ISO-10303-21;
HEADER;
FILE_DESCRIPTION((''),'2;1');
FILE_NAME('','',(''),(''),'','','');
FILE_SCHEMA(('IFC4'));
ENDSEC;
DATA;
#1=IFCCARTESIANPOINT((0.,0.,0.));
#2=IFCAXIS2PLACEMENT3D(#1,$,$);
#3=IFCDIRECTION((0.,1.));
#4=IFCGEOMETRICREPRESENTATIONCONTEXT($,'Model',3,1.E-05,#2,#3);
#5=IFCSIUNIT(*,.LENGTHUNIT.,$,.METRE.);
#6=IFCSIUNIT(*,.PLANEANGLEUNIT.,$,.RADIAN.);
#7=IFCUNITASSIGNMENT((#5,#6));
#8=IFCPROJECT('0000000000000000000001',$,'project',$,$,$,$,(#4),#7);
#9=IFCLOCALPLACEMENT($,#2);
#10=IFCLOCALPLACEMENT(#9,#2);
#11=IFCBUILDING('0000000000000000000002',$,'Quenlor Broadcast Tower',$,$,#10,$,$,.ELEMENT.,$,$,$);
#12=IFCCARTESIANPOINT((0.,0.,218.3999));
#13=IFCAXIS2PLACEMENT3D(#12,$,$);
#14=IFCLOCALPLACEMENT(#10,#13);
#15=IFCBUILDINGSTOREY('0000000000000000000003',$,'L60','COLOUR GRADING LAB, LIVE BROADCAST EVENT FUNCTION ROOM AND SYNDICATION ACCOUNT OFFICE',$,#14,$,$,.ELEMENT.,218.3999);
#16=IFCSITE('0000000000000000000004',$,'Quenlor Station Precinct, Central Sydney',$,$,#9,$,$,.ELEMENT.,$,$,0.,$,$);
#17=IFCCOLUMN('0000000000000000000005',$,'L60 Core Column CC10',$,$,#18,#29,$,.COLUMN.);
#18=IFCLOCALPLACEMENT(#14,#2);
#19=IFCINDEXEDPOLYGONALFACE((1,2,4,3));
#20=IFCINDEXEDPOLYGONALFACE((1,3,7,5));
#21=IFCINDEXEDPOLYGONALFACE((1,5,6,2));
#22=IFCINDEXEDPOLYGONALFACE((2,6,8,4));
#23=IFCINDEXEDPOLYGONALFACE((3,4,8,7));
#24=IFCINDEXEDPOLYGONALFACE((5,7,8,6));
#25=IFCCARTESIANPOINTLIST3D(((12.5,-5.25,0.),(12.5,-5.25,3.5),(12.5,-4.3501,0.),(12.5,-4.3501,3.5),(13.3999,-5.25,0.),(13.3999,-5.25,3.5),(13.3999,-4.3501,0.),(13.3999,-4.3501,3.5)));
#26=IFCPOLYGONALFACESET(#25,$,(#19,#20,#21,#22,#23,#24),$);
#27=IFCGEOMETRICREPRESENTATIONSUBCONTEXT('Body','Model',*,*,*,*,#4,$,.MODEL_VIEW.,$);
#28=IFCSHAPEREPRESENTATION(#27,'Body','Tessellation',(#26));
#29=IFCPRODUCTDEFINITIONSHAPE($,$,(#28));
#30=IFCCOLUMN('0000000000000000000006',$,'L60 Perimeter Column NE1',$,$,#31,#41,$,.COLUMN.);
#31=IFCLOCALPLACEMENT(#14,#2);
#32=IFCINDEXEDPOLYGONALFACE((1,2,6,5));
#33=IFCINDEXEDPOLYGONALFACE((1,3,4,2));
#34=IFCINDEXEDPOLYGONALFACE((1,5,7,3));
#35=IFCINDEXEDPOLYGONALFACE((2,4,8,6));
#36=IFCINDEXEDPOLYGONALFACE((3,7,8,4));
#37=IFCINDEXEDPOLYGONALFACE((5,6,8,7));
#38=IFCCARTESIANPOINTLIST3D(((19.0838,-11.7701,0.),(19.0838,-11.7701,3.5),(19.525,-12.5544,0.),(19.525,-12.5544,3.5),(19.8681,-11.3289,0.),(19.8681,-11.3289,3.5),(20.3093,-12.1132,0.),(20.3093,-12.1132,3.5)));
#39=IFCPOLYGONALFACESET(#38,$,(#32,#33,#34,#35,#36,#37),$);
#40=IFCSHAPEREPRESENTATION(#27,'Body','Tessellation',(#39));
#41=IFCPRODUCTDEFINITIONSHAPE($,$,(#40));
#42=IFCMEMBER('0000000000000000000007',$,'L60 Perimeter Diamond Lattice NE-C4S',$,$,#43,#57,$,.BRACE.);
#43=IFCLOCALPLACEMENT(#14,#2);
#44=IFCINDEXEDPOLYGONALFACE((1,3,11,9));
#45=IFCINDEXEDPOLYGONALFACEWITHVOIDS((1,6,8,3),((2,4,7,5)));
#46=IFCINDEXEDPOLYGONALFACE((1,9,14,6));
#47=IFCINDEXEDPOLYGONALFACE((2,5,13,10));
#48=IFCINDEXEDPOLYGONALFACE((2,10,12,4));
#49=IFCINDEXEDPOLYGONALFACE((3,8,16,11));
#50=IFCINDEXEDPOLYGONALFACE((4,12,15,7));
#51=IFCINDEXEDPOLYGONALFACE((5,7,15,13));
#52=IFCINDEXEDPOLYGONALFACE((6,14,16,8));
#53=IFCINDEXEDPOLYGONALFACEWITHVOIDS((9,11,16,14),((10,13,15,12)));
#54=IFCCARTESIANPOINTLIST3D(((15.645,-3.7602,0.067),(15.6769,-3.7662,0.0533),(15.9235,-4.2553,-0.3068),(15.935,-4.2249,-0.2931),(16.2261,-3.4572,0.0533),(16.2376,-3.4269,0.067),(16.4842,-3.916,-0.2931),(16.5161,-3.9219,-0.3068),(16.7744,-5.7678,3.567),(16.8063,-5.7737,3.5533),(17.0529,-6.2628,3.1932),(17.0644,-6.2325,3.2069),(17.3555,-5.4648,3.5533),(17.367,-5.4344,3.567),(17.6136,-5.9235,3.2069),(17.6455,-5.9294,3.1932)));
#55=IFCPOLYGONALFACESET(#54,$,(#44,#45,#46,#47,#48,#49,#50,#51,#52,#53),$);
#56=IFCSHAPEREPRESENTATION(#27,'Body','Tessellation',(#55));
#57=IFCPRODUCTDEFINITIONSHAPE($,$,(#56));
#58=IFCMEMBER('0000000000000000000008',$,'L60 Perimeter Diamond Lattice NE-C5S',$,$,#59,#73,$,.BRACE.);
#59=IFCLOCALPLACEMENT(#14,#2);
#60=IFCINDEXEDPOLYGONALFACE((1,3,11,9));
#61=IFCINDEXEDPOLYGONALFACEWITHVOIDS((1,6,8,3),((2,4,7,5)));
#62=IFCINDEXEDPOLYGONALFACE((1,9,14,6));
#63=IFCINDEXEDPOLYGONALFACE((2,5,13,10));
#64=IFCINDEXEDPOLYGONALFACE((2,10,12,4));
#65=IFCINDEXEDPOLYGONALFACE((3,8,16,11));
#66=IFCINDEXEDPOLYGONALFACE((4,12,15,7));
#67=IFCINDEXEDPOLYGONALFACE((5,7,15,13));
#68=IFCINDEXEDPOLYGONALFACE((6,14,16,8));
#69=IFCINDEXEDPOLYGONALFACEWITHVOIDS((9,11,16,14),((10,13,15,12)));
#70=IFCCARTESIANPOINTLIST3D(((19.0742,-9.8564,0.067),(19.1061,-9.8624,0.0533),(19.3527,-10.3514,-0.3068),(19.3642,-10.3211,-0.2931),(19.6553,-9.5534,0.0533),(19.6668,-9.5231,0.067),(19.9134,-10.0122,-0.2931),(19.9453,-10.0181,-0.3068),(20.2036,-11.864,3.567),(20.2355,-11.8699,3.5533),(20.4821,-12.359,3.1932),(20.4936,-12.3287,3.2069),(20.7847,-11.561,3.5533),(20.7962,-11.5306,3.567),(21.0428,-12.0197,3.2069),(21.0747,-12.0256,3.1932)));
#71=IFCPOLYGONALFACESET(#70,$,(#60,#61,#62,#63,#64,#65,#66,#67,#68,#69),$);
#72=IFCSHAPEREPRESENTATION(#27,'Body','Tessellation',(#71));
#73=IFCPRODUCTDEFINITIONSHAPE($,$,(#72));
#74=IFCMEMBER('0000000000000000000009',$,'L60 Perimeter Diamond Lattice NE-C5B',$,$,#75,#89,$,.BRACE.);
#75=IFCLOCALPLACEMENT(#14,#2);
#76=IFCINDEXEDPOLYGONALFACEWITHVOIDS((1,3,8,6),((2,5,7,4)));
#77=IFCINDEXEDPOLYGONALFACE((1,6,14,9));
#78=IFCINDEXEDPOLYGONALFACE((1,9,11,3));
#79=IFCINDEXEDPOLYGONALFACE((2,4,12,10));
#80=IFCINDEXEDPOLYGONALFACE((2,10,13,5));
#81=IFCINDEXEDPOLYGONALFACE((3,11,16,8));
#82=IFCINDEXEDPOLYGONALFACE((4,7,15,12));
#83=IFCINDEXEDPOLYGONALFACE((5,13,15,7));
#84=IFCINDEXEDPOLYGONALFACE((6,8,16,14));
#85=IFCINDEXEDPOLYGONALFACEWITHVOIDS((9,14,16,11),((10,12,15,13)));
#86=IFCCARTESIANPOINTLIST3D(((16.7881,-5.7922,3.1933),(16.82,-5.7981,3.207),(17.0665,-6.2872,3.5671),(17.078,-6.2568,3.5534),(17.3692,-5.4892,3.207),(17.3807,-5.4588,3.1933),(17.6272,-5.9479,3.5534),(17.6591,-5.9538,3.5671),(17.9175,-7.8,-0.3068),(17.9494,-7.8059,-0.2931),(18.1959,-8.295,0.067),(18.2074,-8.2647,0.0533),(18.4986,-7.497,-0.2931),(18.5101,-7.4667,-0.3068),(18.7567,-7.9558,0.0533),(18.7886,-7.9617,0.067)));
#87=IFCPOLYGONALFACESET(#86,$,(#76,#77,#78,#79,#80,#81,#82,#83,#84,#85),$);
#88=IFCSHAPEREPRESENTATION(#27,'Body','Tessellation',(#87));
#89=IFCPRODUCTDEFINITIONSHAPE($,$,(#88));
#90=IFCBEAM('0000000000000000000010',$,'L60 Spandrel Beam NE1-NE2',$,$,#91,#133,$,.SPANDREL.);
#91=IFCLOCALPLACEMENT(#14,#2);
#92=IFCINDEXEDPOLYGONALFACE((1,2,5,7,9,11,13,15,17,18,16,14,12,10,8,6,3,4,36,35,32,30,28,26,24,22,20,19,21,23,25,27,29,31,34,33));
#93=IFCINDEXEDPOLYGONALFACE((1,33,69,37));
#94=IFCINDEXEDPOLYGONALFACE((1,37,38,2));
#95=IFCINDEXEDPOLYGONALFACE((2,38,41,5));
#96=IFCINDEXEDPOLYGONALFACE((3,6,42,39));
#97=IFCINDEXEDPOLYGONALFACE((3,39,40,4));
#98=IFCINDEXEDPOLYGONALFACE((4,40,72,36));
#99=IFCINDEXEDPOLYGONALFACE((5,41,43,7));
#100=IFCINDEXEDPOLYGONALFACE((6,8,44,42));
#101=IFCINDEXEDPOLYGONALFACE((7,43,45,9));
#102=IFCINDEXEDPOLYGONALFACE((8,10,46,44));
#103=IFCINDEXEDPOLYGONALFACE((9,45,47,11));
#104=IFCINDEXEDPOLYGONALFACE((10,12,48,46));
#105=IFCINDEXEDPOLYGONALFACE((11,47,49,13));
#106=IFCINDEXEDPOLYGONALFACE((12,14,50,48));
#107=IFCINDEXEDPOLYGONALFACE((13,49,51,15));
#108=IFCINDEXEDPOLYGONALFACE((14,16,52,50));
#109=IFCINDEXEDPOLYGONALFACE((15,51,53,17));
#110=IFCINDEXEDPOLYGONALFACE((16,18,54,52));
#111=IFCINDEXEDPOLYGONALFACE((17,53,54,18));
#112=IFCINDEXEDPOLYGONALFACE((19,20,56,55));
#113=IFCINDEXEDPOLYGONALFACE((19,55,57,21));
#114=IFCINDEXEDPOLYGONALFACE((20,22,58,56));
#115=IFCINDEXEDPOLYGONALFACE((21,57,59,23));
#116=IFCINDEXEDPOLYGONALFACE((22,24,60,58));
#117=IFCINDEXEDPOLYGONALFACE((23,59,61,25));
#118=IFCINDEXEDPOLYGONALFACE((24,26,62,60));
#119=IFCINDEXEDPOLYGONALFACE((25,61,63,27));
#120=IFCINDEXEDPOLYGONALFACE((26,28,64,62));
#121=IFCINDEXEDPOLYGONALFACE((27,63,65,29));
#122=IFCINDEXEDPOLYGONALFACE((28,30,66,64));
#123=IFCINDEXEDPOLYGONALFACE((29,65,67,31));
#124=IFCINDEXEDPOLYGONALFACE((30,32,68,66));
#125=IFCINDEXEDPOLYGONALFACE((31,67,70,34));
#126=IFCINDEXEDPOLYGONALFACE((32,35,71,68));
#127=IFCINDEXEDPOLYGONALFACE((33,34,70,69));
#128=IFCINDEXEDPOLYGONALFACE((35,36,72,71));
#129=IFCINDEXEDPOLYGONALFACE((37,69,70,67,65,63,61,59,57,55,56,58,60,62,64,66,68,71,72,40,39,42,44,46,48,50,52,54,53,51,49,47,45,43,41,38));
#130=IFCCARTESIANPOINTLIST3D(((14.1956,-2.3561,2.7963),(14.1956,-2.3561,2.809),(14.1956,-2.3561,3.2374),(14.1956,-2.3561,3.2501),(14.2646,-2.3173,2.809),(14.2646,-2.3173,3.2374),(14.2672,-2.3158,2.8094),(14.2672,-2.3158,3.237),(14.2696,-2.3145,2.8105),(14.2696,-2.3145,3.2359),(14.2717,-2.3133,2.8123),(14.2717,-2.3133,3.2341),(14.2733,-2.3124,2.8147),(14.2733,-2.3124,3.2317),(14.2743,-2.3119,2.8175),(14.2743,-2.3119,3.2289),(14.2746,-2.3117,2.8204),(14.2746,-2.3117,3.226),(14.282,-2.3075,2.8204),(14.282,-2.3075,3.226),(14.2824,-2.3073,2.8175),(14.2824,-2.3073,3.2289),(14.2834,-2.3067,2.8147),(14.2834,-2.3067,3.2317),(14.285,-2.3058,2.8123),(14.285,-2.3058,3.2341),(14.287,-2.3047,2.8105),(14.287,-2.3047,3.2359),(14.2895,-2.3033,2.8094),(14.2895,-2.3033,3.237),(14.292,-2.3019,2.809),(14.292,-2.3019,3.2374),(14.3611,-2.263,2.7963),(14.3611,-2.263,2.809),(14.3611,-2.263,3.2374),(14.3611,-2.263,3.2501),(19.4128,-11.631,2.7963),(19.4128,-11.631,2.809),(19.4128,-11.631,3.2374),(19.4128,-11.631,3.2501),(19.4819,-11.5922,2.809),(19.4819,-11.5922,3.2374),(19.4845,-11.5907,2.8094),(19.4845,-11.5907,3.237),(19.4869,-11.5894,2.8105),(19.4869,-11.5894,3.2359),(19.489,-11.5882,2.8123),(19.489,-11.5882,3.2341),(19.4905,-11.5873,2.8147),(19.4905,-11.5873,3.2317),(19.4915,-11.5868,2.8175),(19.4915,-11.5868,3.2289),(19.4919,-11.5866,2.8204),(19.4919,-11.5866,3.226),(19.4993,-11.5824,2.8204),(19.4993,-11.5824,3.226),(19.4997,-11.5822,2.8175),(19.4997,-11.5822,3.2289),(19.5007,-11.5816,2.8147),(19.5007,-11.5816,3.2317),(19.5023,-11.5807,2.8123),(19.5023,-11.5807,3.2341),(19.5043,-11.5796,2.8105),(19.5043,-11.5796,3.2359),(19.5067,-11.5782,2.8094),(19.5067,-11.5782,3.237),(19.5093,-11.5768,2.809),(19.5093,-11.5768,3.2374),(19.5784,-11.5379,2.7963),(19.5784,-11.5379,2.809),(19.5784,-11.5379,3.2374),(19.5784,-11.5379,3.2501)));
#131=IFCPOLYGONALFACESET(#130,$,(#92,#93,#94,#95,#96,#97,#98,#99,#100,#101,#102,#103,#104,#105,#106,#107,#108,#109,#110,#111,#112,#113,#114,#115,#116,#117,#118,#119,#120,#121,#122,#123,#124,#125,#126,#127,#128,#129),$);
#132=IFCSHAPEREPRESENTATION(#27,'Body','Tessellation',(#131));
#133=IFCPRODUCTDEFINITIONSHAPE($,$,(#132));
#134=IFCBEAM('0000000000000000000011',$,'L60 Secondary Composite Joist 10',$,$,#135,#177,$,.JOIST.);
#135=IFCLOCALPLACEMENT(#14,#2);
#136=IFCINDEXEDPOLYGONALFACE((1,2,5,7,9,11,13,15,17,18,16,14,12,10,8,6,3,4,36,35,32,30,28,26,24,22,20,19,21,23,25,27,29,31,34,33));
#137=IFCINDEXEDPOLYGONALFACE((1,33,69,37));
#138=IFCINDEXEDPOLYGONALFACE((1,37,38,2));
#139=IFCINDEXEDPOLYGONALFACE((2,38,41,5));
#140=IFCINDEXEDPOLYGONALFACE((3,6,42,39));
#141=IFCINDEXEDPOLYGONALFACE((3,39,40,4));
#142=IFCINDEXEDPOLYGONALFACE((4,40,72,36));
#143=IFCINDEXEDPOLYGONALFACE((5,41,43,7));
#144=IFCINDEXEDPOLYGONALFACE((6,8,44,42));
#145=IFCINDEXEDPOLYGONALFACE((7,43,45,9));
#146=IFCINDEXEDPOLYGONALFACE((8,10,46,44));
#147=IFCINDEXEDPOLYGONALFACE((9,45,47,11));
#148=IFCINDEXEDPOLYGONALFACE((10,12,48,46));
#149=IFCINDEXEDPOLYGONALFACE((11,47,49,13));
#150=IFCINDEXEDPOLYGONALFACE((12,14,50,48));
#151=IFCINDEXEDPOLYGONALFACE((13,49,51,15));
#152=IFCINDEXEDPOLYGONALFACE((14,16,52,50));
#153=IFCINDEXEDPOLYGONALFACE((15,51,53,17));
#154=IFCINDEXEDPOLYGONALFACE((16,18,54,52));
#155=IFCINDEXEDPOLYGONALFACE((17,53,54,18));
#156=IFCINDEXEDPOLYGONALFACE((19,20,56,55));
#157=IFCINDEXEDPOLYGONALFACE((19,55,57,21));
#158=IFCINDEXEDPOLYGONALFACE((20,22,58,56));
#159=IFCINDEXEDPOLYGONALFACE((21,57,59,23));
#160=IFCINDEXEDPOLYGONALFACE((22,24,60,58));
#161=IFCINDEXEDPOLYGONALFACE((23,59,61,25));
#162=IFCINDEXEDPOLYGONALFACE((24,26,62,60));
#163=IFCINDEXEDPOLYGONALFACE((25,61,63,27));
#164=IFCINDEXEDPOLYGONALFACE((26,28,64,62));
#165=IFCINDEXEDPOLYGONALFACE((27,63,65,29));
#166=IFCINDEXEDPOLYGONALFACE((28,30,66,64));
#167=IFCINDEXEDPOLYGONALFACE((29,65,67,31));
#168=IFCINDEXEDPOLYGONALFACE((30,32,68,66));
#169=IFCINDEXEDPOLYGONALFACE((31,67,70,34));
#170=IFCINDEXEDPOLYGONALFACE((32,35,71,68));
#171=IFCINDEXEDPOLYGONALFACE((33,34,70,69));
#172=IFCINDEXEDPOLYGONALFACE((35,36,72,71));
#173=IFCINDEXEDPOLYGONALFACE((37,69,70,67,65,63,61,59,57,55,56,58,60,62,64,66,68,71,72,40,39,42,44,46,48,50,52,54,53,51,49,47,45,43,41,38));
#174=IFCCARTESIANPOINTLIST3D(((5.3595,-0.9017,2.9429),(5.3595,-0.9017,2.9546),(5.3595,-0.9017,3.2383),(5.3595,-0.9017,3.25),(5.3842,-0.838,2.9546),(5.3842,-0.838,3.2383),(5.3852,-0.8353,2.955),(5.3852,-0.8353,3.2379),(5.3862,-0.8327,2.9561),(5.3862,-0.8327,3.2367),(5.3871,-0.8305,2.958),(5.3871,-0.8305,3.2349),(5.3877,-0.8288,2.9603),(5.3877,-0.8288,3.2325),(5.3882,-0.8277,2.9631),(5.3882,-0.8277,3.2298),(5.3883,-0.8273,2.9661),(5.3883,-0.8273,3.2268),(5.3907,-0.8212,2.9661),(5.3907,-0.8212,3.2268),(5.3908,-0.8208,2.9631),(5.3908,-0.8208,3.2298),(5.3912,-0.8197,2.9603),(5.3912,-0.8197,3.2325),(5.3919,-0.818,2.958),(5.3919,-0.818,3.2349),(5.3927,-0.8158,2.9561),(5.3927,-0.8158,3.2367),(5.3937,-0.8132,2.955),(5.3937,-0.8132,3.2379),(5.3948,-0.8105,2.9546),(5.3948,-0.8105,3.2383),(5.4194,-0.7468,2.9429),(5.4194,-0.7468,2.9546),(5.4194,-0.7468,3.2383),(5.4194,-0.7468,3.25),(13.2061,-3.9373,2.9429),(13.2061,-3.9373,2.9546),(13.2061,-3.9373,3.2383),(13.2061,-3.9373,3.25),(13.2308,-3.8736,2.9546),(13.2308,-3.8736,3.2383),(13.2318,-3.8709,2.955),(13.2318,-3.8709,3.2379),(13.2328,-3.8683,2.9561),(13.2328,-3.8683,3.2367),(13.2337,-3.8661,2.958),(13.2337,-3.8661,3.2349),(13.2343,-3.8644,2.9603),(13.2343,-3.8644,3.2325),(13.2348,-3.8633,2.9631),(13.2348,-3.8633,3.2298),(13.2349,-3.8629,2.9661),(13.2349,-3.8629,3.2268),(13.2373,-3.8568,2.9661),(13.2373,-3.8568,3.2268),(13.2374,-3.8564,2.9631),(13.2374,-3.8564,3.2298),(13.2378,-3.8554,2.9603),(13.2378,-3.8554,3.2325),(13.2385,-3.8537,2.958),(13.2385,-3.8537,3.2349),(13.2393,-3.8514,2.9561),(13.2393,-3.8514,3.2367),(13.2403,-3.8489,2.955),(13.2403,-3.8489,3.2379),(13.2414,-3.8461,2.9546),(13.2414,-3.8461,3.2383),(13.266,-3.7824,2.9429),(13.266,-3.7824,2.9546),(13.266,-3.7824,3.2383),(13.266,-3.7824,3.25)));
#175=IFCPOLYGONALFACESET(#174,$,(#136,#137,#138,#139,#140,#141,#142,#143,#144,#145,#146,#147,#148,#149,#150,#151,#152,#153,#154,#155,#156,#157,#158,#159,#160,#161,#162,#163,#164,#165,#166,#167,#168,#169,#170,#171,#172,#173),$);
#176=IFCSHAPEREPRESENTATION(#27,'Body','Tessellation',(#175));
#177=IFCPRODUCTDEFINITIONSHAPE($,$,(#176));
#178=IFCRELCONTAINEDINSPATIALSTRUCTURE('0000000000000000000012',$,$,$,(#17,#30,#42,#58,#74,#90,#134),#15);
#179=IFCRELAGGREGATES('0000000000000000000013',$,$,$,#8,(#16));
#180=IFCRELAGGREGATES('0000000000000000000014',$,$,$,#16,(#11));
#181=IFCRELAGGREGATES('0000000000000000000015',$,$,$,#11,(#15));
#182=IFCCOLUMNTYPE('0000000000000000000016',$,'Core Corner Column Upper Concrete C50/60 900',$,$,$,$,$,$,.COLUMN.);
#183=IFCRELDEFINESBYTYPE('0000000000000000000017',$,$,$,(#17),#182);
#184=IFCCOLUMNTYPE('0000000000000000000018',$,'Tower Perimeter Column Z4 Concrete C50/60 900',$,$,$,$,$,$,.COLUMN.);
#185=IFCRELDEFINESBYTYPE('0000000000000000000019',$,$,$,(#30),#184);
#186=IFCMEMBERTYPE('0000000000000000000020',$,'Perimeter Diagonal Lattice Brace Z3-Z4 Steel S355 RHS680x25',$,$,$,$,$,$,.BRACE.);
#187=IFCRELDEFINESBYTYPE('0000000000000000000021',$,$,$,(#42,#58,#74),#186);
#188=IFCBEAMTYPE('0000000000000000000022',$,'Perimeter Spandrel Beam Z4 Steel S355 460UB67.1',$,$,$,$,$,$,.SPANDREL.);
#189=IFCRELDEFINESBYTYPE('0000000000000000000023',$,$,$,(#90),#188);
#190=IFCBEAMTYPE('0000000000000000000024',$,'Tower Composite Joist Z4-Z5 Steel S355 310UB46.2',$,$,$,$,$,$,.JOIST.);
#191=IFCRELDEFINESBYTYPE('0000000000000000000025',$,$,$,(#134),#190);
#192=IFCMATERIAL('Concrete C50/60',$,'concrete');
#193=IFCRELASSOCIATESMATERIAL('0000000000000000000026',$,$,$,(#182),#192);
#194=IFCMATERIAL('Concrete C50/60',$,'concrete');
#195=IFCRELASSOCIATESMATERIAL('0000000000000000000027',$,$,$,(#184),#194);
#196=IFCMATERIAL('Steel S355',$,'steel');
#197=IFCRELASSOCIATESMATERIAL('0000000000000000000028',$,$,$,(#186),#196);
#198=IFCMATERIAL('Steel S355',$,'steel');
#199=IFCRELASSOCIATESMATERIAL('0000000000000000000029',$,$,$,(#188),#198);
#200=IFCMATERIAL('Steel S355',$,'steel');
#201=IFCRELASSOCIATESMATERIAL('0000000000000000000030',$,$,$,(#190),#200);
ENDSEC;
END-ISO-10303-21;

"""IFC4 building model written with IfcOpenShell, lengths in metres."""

from ifc_helpers import new_model, si_unit, direction, frame, origin, origin_2d, place, context, subcontext, project, spatial, rectangle, hollow_rectangle, i_section, extrude, material, material_profile, profile_set, type_object, element, save


model = new_model("IFC4")

# Units and contexts
model_context = context("Model", 3, precision=1e-05, world=origin(), true_north=direction((0.0, 1.0)))
body_context = subcontext(model_context, "Body", "Model", "MODEL_VIEW")
ifc_project = project(units=[si_unit("LENGTHUNIT", "METRE"), si_unit("PLANEANGLEUNIT", "RADIAN")], contexts=[model_context])

# Site, building, storey
site_placement = place(None, origin())
site = spatial("IfcSite", under=ifc_project, at=site_placement, Name="Quenlor Station Precinct, Central Sydney", CompositionType="ELEMENT", RefElevation=0.0)
building_placement = place(site_placement, origin())
building = spatial("IfcBuilding", under=site, at=building_placement, Name="Quenlor Broadcast Tower", CompositionType="ELEMENT")
storey_placement = place(building_placement, frame((0.0, 0.0, 218.3999)))
storey = spatial("IfcBuildingStorey", under=building, at=storey_placement, Name="L60", Description="COLOUR GRADING LAB, LIVE BROADCAST EVENT FUNCTION ROOM AND SYNDICATION ACCOUNT OFFICE", CompositionType="ELEMENT", Elevation=218.3999)

# Columns
ifc_material_1 = material(Name="Concrete C50/60", Category="concrete")
ifc_material_profile_1 = material_profile(ifc_material_1, rectangle(XDim=0.8999, YDim=0.8999, at=origin_2d()))
ifc_profile_set_1 = profile_set([ifc_material_profile_1], Name="Concrete C50/60 RC900x900")
column_type_1 = type_object("IfcColumnType", Name="Core Corner Column Upper Concrete C50/60 900", PredefinedType="COLUMN", material=ifc_profile_set_1)
column_1_placement = place(storey_placement, frame((12.95, -4.8, 0.0), z_axis=(0.0, 0.0, 1.0), x_axis=(1.0, 0.0, 0.0)))
element("IfcColumn", 1, at=column_1_placement, inside=storey, type_object=column_type_1, Name="L60 Core Column CC10", PredefinedType="COLUMN", context=body_context, shape_type="SweptSolid", body=[
    extrude(rectangle(XDim=0.8999, YDim=0.8999, at=origin_2d()), origin(), (0.0, 0.0, 1.0), 3.5),
])
ifc_material_2 = material(Name="Concrete C50/60", Category="concrete")
ifc_material_profile_2 = material_profile(ifc_material_2, rectangle(XDim=0.8999, YDim=0.8999, at=origin_2d()))
ifc_profile_set_2 = profile_set([ifc_material_profile_2], Name="Concrete C50/60 RC900x900")
column_type_2 = type_object("IfcColumnType", Name="Tower Perimeter Column Z4 Concrete C50/60 900", PredefinedType="COLUMN", material=ifc_profile_set_2)
column_2_placement = place(storey_placement, frame((19.6965, -11.9417, 0.0), z_axis=(0.0, 0.0, 1.0), x_axis=(0.871575, 0.490262, 0.0)))
element("IfcColumn", 2, at=column_2_placement, inside=storey, type_object=column_type_2, Name="L60 Perimeter Column NE1", PredefinedType="COLUMN", context=body_context, shape_type="SweptSolid", body=[
    extrude(rectangle(XDim=0.8999, YDim=0.8999, at=origin_2d()), origin(), (0.0, 0.0, 1.0), 3.5),
])

# Members
ifc_material_3 = material(Name="Steel S355", Category="steel")
ifc_material_profile_3 = material_profile(ifc_material_3, hollow_rectangle(XDim=0.6799, YDim=0.6799, WallThickness=0.0249, at=origin_2d()))
ifc_profile_set_3 = profile_set([ifc_material_profile_3], Name="Steel S355 RHS680x680x25")
member_type = type_object("IfcMemberType", Name="Perimeter Diagonal Lattice Brace Z3-Z4 Steel S355 RHS680x25", PredefinedType="BRACE", material=ifc_profile_set_3)
for number, where, z_axis, x_axis, name in (
    (3, (16.0806, -3.8411, -0.1199), (0.269547, -0.479136, 0.835328), (0.87155, 0.490307, 0.0), "L60 Perimeter Diamond Lattice NE-C4S"),
    (4, (19.5098, -9.9373, -0.1199), (0.269547, -0.479136, 0.835328), (0.87155, 0.490307, 0.0), "L60 Perimeter Diamond Lattice NE-C5S"),
):
    element("IfcMember", number, at=place(storey_placement, frame(where, z_axis=z_axis, x_axis=x_axis)), inside=storey, type_object=member_type, Name=name, PredefinedType="BRACE", context=body_context, shape_type="SweptSolid", body=[
        extrude(hollow_rectangle(XDim=0.6799, YDim=0.6799, WallThickness=0.0249, at=origin_2d()), origin(), (0.0, 0.0, 1.0), 4.1899),
    ])
member_placement = place(storey_placement, frame((18.353, -7.8809, -0.1199), z_axis=(-0.26954, 0.479181, 0.835305), x_axis=(-0.871576, -0.490261, 0.0)))
element("IfcMember", 5, at=member_placement, inside=storey, type_object=member_type, Name="L60 Perimeter Diamond Lattice NE-C5B", PredefinedType="BRACE", context=body_context, shape_type="SweptSolid", body=[
    extrude(hollow_rectangle(XDim=0.6799, YDim=0.6799, WallThickness=0.0249, at=origin_2d()), origin(), (0.0, 0.0, 1.0), 4.1902),
])

# Beams
ifc_material_4 = material(Name="Steel S355", Category="steel")
ifc_material_profile_4 = material_profile(ifc_material_4, i_section(OverallWidth=0.1899, OverallDepth=0.4539, WebThickness=0.0085, FlangeThickness=0.0127, FilletRadius=0.0115, at=origin_2d()))
ifc_profile_set_4 = profile_set([ifc_material_profile_4], Name="Steel S355 460UB67.1")
beam_type_1 = type_object("IfcBeamType", Name="Perimeter Spandrel Beam Z4 Steel S355 460UB67.1", PredefinedType="SPANDREL", material=ifc_profile_set_4)
beam_1_placement = place(storey_placement, frame((19.4956, -11.5845, 3.0232), z_axis=(-0.490272, 0.871569, 0.0), x_axis=(-0.871569, -0.490272, 0.0)))
element("IfcBeam", 6, at=beam_1_placement, inside=storey, type_object=beam_type_1, Name="L60 Spandrel Beam NE1-NE2", PredefinedType="SPANDREL", context=body_context, shape_type="SweptSolid", body=[
    extrude(i_section(OverallWidth=0.1899, OverallDepth=0.4539, WebThickness=0.0085, FlangeThickness=0.0127, FilletRadius=0.0115, at=origin_2d()), origin(), (0.0, 0.0, 1.0), 10.6416),
])
ifc_material_5 = material(Name="Steel S355", Category="steel")
ifc_material_profile_5 = material_profile(ifc_material_5, i_section(OverallWidth=0.166, OverallDepth=0.3071, WebThickness=0.0066, FlangeThickness=0.0117, FilletRadius=0.0115, at=origin_2d()))
ifc_profile_set_5 = profile_set([ifc_material_profile_5], Name="Steel S355 310UB46.2")
beam_type_2 = type_object("IfcBeamType", Name="Tower Composite Joist Z4-Z5 Steel S355 310UB46.2", PredefinedType="JOIST", material=ifc_profile_set_5)
beam_2_placement = place(storey_placement, frame((13.2361, -3.8599, 3.0964), z_axis=(-0.932639, 0.36081, 0.0), x_axis=(-0.36081, -0.932639, 0.0)))
element("IfcBeam", 7, at=beam_2_placement, inside=storey, type_object=beam_type_2, Name="L60 Secondary Composite Joist 10", PredefinedType="JOIST", context=body_context, shape_type="SweptSolid", body=[
    extrude(i_section(OverallWidth=0.166, OverallDepth=0.3071, WebThickness=0.0066, FlangeThickness=0.0117, FilletRadius=0.0115, at=origin_2d()), origin(), (0.0, 0.0, 1.0), 8.4133),
])

save(model, "model.ifc")
